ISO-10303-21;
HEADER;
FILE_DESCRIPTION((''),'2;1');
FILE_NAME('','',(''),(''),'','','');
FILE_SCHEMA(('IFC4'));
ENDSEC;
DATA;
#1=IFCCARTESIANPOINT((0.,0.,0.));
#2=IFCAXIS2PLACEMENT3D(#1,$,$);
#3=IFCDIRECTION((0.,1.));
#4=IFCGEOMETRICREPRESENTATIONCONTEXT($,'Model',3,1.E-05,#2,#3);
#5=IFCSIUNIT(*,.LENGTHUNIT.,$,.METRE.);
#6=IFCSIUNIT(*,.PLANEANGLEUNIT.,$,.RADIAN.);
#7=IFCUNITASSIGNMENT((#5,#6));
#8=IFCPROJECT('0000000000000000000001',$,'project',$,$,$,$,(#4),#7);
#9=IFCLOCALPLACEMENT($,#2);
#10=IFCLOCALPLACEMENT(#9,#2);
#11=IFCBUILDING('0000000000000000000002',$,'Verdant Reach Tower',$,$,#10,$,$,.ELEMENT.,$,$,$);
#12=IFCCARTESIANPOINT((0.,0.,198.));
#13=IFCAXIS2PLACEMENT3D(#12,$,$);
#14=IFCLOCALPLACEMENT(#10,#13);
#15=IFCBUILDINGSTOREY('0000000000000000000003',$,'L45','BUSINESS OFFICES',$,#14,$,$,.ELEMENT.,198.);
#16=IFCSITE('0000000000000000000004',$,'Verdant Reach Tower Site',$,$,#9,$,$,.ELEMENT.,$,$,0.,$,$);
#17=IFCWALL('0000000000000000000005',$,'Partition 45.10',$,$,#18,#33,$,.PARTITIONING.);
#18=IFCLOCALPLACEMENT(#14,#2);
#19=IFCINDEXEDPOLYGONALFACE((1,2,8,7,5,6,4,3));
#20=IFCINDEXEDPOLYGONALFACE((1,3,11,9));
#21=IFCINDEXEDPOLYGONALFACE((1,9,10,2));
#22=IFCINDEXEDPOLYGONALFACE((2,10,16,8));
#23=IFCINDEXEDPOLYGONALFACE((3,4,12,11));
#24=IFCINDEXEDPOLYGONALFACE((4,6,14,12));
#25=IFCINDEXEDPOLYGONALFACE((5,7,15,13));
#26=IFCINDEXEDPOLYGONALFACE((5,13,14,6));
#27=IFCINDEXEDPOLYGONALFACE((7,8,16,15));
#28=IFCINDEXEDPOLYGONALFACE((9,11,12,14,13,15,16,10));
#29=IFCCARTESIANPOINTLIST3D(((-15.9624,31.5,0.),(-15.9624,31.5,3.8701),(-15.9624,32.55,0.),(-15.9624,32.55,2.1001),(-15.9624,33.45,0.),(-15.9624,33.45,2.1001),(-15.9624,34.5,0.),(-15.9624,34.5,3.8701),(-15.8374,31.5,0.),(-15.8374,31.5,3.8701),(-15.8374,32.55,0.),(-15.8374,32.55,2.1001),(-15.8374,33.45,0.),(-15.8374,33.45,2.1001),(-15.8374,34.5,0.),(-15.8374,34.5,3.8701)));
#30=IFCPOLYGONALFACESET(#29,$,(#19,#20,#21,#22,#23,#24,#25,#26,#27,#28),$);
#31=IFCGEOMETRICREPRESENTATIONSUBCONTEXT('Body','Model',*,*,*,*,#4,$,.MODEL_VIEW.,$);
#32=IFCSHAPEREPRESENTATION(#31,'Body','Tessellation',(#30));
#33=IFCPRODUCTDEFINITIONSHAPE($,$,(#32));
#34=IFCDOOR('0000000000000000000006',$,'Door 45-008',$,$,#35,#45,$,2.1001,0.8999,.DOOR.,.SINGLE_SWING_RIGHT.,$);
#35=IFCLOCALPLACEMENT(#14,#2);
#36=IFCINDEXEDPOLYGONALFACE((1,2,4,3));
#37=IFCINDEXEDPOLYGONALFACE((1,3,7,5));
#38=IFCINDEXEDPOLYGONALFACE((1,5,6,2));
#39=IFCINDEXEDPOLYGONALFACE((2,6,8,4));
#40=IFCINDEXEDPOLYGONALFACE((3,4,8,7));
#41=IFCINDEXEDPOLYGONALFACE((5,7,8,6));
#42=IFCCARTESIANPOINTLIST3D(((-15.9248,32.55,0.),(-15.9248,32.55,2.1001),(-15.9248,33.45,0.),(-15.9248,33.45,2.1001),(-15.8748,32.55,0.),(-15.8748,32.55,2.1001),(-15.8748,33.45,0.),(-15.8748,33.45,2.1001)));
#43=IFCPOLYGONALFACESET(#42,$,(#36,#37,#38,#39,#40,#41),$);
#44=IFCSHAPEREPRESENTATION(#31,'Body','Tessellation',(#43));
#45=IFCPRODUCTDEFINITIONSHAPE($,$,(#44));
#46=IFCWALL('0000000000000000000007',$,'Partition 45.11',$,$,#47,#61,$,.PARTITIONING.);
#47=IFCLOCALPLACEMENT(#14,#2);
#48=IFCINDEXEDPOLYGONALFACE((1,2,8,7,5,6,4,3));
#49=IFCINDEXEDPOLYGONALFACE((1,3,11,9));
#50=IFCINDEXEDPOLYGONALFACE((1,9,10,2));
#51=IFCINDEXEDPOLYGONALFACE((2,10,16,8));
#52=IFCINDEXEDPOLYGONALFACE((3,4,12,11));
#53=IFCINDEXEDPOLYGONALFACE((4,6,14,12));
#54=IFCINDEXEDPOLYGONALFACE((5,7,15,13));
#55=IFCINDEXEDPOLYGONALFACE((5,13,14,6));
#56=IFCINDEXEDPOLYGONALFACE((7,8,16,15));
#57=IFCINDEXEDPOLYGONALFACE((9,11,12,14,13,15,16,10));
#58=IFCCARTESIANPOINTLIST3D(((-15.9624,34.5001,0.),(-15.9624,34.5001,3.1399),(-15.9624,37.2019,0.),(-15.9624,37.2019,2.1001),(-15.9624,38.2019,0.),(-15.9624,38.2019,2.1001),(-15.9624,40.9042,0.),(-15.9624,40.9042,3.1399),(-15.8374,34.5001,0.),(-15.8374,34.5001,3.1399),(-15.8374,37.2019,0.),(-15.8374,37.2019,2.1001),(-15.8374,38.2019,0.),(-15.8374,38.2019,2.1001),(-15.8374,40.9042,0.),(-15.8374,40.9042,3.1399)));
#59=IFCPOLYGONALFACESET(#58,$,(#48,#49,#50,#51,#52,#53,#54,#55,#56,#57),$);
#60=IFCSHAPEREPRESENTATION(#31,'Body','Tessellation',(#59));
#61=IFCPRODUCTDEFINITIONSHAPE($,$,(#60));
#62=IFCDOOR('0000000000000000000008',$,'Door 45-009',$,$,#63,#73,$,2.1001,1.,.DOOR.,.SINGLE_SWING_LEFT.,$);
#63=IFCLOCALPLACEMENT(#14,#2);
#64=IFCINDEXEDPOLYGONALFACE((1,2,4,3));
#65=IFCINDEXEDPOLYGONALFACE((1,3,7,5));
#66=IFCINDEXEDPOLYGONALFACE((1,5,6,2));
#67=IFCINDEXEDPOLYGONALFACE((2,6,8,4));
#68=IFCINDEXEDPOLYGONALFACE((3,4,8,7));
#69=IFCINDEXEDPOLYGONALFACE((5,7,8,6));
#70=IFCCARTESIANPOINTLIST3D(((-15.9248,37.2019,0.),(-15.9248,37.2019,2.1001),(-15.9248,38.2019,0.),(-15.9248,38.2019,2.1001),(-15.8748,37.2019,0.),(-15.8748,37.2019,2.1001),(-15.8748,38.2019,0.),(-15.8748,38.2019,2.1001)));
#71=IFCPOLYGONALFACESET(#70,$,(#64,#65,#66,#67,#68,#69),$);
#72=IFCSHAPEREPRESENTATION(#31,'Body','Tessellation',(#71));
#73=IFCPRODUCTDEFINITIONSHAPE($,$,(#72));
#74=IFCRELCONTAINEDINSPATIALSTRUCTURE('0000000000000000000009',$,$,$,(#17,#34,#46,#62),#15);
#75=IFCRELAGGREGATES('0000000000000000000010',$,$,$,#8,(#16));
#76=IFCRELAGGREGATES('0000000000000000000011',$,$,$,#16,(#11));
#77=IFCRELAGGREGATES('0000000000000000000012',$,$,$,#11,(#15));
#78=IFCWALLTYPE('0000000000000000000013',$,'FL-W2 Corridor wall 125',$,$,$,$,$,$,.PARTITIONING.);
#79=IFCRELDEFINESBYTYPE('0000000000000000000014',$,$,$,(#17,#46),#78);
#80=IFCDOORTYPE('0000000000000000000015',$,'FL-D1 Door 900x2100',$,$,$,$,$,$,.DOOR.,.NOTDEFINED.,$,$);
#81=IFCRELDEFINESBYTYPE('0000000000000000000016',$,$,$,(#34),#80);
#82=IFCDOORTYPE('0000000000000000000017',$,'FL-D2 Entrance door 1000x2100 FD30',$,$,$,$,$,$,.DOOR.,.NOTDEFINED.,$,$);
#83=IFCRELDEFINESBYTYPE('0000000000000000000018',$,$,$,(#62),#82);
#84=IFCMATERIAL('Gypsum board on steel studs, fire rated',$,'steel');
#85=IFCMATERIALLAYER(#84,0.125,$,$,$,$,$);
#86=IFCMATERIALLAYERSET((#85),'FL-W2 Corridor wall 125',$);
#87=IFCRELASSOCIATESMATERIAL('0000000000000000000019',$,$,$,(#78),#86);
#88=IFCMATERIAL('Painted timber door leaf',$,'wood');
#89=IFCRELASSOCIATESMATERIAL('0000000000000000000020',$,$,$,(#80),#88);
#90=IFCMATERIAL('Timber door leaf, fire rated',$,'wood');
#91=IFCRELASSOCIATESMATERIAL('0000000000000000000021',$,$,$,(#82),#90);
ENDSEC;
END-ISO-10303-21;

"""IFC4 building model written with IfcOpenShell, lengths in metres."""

from ifc_helpers import new_model, si_unit, direction, frame, frame_2d, origin, place, context, subcontext, project, spatial, rectangle, extrude, material, layer, layer_set, type_object, element, fill, save


model = new_model("IFC4")

# Units and contexts
model_context = context("Model", 3, precision=1e-05, world=origin(), true_north=direction((0.0, 1.0)))
body_context = subcontext(model_context, "Body", "Model", "MODEL_VIEW")
ifc_project = project(units=[si_unit("LENGTHUNIT", "METRE"), si_unit("PLANEANGLEUNIT", "RADIAN")], contexts=[model_context])

# Site, building, storey
site_placement = place(None, origin())
site = spatial("IfcSite", under=ifc_project, at=site_placement, Name="Verdant Reach Tower Site", CompositionType="ELEMENT", RefElevation=0.0)
building_placement = place(site_placement, origin())
building = spatial("IfcBuilding", under=site, at=building_placement, Name="Verdant Reach Tower", CompositionType="ELEMENT")
storey_placement = place(building_placement, frame((0.0, 0.0, 198.0)))
storey = spatial("IfcBuildingStorey", under=building, at=storey_placement, Name="L45", Description="BUSINESS OFFICES", CompositionType="ELEMENT", Elevation=198.0)

# Walls, openings, doors
ifc_material_1 = material(Name="Gypsum board on steel studs, fire rated", Category="steel")
ifc_layer_1 = layer(ifc_material_1, 0.125)
ifc_layer_set_1 = layer_set([ifc_layer_1], Name="FL-W2 Corridor wall 125")
wall_type_1 = type_object("IfcWallType", Name="FL-W2 Corridor wall 125", PredefinedType="PARTITIONING", material=ifc_layer_set_1)
ifc_material_2 = material(Name="Painted timber door leaf", Category="wood")
door_type_1 = type_object("IfcDoorType", Name="FL-D1 Door 900x2100", OperationType="NOTDEFINED", PredefinedType="DOOR", material=ifc_material_2)
wall_1_placement = place(storey_placement, frame((-15.8999, 31.5, 0.0), z_axis=(0.0, 0.0, 1.0), x_axis=(0.0, 1.0, 0.0)))
wall_1 = element("IfcWall", 1, at=wall_1_placement, inside=storey, type_object=wall_type_1, Name="Partition 45.10", PredefinedType="PARTITIONING", context=body_context, shape_type="SweptSolid", body=[
    extrude(rectangle(XDim=3.0, YDim=0.125, at=frame_2d((1.5, 0.0))), origin(), (0.0, 0.0, 1.0), 3.8701),
])
opening_1_placement = place(wall_1_placement, frame((1.05, 0.0, 0.0)))
opening_1 = element("IfcOpeningElement", 2, at=opening_1_placement, cuts=wall_1, PredefinedType="OPENING", context=body_context, shape_type="SweptSolid", body=[
    extrude(rectangle(XDim=0.8999, YDim=2.1001, at=frame_2d((0.45, 1.05))), frame((0.0, 0.0725, 0.0), z_axis=(0.0, -1.0, 0.0), x_axis=(1.0, 0.0, 0.0)), (0.0, 0.0, 1.0), 0.145),
])
door_1_placement = place(opening_1_placement, origin())
door_1 = element("IfcDoor", 3, at=door_1_placement, inside=storey, type_object=door_type_1, Name="Door 45-008", OperationType="SINGLE_SWING_RIGHT", OverallHeight=2.1001, OverallWidth=0.8999, PredefinedType="DOOR", context=body_context, shape_type="SweptSolid", body=[
    extrude(rectangle(XDim=0.8999, YDim=2.1001, at=frame_2d((0.45, 1.05))), frame((0.0, 0.0249, 0.0), z_axis=(0.0, -1.0, 0.0), x_axis=(1.0, 0.0, 0.0)), (0.0, 0.0, 1.0), 0.05),
])
fill(opening_1, door_1)
wall_2_placement = place(storey_placement, frame((-15.8999, 34.5, 0.0), z_axis=(0.0, 0.0, 1.0), x_axis=(0.0, 1.0, 0.0)))
wall_2 = element("IfcWall", 4, at=wall_2_placement, inside=storey, type_object=wall_type_1, Name="Partition 45.11", PredefinedType="PARTITIONING", context=body_context, shape_type="SweptSolid", body=[
    extrude(rectangle(XDim=6.4041, YDim=0.125, at=frame_2d((3.2021, 0.0))), origin(), (0.0, 0.0, 1.0), 3.1399),
])
opening_2_placement = place(wall_2_placement, frame((2.7019, 0.0, 0.0)))
opening_2 = element("IfcOpeningElement", 5, at=opening_2_placement, cuts=wall_2, PredefinedType="OPENING", context=body_context, shape_type="SweptSolid", body=[
    extrude(rectangle(XDim=1.0, YDim=2.1001, at=frame_2d((0.5, 1.05))), frame((0.0, 0.0725, 0.0), z_axis=(0.0, -1.0, 0.0), x_axis=(1.0, 0.0, 0.0)), (0.0, 0.0, 1.0), 0.145),
])
ifc_material_3 = material(Name="Timber door leaf, fire rated", Category="wood")
door_type_2 = type_object("IfcDoorType", Name="FL-D2 Entrance door 1000x2100 FD30", OperationType="NOTDEFINED", PredefinedType="DOOR", material=ifc_material_3)
door_2_placement = place(opening_2_placement, origin())
door_2 = element("IfcDoor", 6, at=door_2_placement, inside=storey, type_object=door_type_2, Name="Door 45-009", OperationType="SINGLE_SWING_LEFT", OverallHeight=2.1001, OverallWidth=1.0, PredefinedType="DOOR", context=body_context, shape_type="SweptSolid", body=[
    extrude(rectangle(XDim=1.0, YDim=2.1001, at=frame_2d((0.5, 1.05))), frame((0.0, 0.0249, 0.0), z_axis=(0.0, -1.0, 0.0), x_axis=(1.0, 0.0, 0.0)), (0.0, 0.0, 1.0), 0.05),
])
fill(opening_2, door_2)

save(model, "model.ifc")
